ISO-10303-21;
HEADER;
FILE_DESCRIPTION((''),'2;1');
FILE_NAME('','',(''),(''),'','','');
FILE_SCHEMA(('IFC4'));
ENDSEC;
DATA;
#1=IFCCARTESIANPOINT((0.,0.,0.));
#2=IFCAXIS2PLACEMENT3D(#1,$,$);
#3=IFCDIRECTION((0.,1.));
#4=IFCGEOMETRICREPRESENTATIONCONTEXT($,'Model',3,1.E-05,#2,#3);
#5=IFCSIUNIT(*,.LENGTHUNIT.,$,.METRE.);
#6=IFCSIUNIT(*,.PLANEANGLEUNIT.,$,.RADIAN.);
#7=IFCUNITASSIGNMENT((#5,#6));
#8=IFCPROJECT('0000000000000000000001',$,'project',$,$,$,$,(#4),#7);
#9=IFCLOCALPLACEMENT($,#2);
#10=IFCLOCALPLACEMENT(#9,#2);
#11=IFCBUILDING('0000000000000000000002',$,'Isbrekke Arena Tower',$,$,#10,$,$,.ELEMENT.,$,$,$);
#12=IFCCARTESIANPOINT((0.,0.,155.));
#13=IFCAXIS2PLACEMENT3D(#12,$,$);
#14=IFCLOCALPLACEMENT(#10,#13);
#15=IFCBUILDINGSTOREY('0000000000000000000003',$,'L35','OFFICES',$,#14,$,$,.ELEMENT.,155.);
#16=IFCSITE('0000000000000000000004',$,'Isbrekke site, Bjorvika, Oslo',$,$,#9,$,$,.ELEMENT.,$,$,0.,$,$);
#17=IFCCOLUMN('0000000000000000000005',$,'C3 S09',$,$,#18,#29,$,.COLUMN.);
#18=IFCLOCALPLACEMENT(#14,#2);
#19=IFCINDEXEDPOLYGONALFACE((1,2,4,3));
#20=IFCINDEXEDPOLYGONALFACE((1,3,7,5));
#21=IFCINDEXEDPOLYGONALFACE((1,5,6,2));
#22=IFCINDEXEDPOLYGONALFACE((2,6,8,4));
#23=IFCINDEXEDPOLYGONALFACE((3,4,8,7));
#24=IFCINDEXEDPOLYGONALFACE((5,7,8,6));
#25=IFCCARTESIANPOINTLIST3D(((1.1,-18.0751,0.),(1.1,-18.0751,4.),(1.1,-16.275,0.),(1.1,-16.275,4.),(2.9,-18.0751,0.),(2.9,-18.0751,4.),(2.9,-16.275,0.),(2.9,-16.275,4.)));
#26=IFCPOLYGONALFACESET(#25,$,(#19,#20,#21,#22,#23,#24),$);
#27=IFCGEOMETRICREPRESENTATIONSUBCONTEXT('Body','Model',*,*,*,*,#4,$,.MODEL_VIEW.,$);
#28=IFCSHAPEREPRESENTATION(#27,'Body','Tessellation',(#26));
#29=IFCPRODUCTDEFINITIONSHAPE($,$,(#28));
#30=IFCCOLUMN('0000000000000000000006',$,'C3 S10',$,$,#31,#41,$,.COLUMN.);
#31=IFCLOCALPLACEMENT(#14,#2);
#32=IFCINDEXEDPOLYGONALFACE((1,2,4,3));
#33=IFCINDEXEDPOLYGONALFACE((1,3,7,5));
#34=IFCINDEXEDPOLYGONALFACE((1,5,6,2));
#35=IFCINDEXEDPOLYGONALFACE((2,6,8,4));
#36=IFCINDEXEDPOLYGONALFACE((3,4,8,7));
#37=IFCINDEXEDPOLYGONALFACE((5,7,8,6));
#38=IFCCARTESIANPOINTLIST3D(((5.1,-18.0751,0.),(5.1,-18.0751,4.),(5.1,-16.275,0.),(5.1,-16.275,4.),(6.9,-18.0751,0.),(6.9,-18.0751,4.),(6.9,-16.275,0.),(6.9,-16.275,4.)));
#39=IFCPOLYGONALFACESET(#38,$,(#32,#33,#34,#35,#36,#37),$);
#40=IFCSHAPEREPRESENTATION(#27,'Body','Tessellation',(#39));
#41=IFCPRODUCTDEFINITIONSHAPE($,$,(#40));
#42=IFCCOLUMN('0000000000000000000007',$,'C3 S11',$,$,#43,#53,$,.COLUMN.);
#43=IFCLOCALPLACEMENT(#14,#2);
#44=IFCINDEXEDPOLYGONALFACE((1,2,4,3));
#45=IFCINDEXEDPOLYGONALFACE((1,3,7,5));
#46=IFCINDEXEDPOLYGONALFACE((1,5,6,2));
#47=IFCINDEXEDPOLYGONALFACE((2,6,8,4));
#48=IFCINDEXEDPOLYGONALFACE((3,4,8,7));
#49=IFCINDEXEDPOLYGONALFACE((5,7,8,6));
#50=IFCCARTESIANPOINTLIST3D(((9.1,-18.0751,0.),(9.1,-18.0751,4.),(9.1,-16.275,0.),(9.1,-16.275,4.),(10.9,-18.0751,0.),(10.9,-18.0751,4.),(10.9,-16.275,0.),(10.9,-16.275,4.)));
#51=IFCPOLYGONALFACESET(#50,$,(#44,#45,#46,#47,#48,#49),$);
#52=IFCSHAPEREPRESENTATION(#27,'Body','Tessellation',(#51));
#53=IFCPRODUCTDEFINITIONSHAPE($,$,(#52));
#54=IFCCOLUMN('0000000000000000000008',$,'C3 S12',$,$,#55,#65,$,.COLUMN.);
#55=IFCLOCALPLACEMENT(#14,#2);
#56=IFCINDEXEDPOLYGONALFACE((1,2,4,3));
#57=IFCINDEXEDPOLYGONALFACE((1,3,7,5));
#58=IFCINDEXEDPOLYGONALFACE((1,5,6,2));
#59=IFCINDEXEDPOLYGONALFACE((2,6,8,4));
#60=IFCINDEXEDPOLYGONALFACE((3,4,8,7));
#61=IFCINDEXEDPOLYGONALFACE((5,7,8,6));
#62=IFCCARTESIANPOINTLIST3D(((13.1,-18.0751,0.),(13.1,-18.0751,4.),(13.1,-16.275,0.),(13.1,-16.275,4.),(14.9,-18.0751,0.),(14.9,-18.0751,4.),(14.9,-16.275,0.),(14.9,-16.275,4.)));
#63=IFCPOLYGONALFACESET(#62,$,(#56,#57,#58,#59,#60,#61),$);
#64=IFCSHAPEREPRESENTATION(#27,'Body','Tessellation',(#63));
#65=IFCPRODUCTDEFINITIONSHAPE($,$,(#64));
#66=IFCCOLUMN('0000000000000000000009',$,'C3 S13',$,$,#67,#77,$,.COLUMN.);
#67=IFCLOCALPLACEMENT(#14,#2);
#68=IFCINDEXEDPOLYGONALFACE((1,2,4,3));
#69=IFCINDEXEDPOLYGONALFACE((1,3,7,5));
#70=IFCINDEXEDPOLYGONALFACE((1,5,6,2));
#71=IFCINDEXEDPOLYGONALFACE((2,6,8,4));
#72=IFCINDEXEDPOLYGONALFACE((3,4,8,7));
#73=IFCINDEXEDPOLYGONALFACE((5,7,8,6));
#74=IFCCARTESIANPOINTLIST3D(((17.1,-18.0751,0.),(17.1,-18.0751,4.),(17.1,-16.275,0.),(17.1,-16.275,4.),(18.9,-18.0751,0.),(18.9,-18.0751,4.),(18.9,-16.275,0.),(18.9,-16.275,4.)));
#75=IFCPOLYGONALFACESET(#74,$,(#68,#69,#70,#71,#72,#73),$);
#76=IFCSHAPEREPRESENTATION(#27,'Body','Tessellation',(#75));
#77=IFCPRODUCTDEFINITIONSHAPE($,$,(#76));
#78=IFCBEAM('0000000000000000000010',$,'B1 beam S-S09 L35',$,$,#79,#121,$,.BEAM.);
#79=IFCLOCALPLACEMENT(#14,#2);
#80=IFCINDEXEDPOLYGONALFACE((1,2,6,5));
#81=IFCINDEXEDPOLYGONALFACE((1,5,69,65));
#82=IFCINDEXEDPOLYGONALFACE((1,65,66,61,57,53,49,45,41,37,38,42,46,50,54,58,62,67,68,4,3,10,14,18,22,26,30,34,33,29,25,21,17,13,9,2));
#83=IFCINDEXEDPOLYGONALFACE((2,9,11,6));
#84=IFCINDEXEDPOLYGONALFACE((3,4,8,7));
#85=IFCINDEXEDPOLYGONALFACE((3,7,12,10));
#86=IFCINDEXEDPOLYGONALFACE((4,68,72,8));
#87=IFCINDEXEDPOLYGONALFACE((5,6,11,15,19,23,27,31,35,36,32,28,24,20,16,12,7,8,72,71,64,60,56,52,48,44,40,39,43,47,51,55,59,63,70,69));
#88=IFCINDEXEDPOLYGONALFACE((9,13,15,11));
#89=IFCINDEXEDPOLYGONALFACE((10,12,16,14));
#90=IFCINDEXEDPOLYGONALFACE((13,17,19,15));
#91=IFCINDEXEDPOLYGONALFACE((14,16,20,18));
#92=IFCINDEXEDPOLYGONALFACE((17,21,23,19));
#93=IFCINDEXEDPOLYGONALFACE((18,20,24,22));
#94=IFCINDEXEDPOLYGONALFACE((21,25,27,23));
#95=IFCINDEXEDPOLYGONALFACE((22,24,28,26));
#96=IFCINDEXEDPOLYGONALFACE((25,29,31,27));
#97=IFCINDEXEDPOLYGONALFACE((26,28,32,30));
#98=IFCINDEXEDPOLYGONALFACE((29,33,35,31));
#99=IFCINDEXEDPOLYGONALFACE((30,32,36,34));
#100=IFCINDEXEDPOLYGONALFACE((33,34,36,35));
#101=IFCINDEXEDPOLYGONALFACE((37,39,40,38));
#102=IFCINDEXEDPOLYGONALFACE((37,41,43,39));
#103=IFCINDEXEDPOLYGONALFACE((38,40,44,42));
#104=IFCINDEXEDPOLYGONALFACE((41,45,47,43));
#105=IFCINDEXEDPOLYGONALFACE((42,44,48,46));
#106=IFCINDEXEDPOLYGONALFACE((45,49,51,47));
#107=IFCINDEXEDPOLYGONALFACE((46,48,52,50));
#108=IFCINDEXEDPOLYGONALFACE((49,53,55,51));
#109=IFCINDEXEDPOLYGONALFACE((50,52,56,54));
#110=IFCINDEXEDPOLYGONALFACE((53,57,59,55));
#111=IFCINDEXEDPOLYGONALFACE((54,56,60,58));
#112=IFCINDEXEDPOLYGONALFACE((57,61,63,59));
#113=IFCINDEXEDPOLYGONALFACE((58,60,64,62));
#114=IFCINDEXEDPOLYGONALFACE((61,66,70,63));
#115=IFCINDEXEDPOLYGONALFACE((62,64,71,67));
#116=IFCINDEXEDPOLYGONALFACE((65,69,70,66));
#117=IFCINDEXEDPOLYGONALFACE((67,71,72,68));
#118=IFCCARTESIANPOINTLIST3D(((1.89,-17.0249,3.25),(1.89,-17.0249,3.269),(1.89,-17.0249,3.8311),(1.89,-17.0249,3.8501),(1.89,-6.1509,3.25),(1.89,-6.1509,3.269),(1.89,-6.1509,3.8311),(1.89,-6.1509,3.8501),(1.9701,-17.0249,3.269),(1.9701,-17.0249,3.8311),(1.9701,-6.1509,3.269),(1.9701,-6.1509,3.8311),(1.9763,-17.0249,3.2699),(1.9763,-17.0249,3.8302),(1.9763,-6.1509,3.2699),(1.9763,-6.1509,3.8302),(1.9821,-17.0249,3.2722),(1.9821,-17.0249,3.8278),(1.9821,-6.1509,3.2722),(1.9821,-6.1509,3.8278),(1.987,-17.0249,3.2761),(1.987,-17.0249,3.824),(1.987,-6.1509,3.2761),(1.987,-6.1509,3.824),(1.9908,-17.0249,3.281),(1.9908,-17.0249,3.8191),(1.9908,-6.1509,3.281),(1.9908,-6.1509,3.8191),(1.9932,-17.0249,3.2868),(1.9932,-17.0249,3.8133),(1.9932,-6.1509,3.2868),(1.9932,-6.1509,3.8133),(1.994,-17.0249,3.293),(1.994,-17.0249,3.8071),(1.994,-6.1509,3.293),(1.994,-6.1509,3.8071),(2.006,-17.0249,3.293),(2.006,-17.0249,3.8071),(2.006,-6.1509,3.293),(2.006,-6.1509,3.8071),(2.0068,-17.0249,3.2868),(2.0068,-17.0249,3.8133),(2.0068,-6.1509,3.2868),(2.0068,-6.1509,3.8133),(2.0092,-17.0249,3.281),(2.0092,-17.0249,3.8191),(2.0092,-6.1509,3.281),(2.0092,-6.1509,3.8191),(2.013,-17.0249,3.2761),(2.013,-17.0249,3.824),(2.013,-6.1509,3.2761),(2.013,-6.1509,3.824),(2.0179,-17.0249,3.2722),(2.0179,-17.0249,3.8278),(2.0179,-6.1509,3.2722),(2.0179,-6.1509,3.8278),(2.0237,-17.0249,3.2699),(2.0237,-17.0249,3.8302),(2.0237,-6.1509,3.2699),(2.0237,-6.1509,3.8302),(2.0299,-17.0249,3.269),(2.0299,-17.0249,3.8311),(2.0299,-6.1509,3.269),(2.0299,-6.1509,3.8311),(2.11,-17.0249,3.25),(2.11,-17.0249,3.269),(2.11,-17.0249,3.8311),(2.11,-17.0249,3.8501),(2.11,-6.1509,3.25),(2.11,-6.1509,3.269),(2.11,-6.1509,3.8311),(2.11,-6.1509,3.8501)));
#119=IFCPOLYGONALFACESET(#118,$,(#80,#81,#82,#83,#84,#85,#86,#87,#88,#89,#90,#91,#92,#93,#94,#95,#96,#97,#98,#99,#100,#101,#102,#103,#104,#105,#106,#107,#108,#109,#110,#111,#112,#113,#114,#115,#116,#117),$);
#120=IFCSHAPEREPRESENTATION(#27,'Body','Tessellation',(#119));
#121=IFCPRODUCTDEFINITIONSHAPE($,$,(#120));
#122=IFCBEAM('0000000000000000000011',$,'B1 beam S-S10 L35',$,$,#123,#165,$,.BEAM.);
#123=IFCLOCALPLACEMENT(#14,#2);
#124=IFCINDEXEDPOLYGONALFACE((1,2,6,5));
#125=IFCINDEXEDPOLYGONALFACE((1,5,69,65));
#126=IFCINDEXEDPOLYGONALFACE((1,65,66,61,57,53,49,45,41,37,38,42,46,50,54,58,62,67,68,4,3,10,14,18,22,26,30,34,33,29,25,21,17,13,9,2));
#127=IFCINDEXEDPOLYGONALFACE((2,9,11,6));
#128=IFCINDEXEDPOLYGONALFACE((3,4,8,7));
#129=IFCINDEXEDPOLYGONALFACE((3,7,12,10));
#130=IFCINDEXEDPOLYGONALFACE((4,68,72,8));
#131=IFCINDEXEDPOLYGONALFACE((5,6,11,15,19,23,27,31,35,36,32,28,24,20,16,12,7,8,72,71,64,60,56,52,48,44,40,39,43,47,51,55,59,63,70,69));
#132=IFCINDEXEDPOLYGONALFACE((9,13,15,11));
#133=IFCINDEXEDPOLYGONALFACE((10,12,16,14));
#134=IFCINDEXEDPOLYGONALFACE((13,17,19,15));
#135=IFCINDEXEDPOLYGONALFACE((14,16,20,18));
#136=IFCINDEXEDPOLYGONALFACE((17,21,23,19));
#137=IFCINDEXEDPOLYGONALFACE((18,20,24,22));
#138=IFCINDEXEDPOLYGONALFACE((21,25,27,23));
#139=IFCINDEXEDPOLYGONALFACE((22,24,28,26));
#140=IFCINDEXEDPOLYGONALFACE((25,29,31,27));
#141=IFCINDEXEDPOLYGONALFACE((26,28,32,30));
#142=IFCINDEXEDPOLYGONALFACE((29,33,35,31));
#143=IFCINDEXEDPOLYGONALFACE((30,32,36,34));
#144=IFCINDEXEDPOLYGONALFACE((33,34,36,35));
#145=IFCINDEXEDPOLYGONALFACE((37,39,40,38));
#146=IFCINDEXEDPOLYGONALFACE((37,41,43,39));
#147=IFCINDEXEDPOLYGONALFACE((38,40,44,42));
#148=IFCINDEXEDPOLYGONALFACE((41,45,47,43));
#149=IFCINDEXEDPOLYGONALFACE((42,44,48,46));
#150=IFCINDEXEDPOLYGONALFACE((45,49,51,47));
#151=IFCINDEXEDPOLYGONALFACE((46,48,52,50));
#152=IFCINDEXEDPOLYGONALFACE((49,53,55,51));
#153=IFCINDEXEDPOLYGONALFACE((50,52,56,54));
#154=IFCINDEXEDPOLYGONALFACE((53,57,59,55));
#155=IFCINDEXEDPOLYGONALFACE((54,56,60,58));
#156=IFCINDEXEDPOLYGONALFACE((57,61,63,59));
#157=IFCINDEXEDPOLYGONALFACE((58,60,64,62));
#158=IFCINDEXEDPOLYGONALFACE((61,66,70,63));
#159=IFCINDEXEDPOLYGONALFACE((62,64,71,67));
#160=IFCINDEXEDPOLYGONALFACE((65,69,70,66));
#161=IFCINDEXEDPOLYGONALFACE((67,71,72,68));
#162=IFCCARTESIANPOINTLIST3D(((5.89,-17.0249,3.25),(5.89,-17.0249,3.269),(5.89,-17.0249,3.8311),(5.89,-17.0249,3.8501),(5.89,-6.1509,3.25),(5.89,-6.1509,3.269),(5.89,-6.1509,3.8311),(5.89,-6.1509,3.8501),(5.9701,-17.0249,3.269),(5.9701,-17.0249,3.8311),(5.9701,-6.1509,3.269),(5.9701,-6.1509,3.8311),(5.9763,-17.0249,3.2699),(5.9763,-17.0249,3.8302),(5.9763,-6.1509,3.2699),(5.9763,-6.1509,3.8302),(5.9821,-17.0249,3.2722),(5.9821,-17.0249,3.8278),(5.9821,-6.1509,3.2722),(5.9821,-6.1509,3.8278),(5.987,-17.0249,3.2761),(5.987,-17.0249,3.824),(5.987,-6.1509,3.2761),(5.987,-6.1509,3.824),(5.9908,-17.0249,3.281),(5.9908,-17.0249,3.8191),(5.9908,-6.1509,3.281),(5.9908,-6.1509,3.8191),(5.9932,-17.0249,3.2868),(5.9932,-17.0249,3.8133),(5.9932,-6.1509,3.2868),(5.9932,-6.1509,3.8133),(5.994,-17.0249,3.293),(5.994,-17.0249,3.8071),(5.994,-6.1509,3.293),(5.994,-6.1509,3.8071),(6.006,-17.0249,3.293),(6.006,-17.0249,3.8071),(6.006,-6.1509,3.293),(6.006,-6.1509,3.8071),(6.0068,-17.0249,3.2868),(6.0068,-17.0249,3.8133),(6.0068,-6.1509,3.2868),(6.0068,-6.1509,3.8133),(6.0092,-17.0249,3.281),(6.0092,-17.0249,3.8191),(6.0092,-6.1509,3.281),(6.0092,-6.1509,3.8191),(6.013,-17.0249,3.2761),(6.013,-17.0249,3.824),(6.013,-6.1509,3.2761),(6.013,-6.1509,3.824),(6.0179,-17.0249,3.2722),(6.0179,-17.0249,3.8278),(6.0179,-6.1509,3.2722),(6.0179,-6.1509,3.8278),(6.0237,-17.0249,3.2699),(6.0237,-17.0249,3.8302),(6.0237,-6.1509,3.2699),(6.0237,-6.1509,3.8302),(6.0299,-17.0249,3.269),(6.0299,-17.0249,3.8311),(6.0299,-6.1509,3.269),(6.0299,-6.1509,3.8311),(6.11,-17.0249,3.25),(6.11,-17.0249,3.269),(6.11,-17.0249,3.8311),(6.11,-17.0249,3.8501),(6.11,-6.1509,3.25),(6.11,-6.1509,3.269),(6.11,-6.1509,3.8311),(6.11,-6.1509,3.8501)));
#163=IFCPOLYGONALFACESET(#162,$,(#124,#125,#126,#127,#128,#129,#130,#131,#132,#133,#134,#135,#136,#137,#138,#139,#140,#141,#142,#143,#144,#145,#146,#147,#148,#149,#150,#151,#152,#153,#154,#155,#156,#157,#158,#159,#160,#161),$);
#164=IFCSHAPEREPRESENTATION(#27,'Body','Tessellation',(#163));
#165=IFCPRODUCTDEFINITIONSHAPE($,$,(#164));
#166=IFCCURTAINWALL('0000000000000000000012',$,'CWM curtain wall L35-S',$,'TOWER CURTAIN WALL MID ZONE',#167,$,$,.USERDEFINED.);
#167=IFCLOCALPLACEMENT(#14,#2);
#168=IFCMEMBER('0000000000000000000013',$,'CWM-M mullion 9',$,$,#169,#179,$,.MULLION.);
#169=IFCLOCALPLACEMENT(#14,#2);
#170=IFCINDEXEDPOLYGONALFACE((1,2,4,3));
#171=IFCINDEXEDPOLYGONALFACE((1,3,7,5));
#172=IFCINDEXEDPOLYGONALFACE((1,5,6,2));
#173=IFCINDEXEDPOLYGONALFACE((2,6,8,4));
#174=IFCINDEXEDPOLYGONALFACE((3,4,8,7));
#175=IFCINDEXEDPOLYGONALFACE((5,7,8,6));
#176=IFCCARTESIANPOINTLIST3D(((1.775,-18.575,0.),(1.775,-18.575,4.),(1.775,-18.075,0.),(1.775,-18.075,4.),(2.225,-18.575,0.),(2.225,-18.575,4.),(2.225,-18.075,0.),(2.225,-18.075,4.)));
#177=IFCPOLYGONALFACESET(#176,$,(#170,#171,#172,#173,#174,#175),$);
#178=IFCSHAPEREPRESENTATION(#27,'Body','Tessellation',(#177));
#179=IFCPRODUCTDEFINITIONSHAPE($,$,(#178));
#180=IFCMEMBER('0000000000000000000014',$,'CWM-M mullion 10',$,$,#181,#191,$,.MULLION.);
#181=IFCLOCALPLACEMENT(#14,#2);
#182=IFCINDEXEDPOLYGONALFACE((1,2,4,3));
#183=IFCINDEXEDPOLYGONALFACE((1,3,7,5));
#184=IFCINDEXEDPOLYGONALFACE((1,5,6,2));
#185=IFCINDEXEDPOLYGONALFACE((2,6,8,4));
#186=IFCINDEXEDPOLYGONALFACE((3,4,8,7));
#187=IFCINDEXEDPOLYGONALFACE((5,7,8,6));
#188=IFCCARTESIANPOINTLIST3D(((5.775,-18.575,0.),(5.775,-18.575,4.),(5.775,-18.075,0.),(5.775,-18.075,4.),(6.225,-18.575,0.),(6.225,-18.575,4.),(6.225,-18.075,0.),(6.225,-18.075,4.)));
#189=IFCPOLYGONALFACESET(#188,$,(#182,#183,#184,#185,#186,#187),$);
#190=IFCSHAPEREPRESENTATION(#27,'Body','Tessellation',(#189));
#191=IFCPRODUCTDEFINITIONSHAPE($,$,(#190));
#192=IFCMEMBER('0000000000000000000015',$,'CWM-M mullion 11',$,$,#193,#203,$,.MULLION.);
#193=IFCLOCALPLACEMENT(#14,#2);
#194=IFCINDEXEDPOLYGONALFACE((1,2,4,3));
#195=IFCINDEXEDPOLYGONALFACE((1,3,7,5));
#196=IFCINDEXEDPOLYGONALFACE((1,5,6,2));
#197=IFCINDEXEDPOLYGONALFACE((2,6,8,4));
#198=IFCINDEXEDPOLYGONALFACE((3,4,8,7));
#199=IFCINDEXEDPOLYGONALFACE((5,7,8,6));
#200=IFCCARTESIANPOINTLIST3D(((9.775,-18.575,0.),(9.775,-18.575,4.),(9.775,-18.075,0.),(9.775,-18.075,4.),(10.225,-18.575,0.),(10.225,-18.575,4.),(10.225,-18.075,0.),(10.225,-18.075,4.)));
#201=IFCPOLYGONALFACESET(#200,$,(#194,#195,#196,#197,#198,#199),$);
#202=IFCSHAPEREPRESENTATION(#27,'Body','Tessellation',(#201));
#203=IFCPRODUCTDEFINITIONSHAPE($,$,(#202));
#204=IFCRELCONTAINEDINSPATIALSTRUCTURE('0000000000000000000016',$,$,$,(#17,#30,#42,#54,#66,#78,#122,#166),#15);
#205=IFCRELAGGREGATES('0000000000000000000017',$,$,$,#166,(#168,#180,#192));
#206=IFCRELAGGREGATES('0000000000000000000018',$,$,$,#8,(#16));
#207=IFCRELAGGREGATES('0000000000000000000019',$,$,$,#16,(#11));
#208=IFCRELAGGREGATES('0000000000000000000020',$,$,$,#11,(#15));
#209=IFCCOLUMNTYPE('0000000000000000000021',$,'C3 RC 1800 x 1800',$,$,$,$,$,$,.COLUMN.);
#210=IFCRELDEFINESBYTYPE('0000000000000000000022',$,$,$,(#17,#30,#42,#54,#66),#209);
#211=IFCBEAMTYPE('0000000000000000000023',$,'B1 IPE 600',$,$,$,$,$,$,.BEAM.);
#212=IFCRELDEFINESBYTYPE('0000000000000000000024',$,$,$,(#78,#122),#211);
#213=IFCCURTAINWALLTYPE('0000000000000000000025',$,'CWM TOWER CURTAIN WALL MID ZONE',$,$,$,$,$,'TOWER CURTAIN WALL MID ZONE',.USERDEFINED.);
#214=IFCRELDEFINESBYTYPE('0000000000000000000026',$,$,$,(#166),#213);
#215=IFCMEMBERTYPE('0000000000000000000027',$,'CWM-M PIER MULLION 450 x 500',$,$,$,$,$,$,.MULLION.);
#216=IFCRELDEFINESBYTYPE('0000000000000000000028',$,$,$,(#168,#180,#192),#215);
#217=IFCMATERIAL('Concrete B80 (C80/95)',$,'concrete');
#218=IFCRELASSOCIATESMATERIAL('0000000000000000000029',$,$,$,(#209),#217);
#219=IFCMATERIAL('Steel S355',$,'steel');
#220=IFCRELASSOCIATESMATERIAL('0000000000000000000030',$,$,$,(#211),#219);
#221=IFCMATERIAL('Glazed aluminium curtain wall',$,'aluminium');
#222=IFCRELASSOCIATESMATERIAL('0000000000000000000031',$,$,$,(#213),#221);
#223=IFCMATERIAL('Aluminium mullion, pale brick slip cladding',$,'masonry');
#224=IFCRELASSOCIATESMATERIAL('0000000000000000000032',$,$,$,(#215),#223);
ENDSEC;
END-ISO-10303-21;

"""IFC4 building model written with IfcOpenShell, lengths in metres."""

from ifc_helpers import new_model, si_unit, direction, frame, origin, origin_2d, place, context, subcontext, project, spatial, rectangle, i_section, extrude, material, material_profile, profile_set, type_object, element, aggregate, save


model = new_model("IFC4")

# Units and contexts
model_context = context("Model", 3, precision=1e-05, world=origin(), true_north=direction((0.0, 1.0)))
body_context = subcontext(model_context, "Body", "Model", "MODEL_VIEW")
ifc_project = project(units=[si_unit("LENGTHUNIT", "METRE"), si_unit("PLANEANGLEUNIT", "RADIAN")], contexts=[model_context])

# Site, building, storey
site_placement = place(None, origin())
site = spatial("IfcSite", under=ifc_project, at=site_placement, Name="Isbrekke site, Bjorvika, Oslo", CompositionType="ELEMENT", RefElevation=0.0)
building_placement = place(site_placement, origin())
building = spatial("IfcBuilding", under=site, at=building_placement, Name="Isbrekke Arena Tower", CompositionType="ELEMENT")
storey_placement = place(building_placement, frame((0.0, 0.0, 155.0)))
storey = spatial("IfcBuildingStorey", under=building, at=storey_placement, Name="L35", Description="OFFICES", CompositionType="ELEMENT", Elevation=155.0)

# Columns
ifc_material_1 = material(Name="Concrete B80 (C80/95)", Category="concrete")
ifc_material_profile_1 = material_profile(ifc_material_1, rectangle(XDim=1.8, YDim=1.8, at=origin_2d()), Name="RC 1800x1800")
ifc_profile_set_1 = profile_set([ifc_material_profile_1], Name="Concrete B80 (C80/95)")
column_type = type_object("IfcColumnType", Name="C3 RC 1800 x 1800", PredefinedType="COLUMN", material=ifc_profile_set_1)
for number, where, z_axis, x_axis, name in (
    (1, (2.0, -17.175, 0.0), (0.0, 0.0, 1.0), (1.0, 0.0, 0.0), "C3 S09"),
    (2, (6.0, -17.175, 0.0), (0.0, 0.0, 1.0), (1.0, 0.0, 0.0), "C3 S10"),
    (3, (10.0, -17.175, 0.0), (0.0, 0.0, 1.0), (1.0, 0.0, 0.0), "C3 S11"),
    (4, (14.0, -17.175, 0.0), (0.0, 0.0, 1.0), (1.0, 0.0, 0.0), "C3 S12"),
    (5, (18.0, -17.175, 0.0), (0.0, 0.0, 1.0), (1.0, 0.0, 0.0), "C3 S13"),
):
    element("IfcColumn", number, at=place(storey_placement, frame(where, z_axis=z_axis, x_axis=x_axis)), inside=storey, type_object=column_type, Name=name, PredefinedType="COLUMN", context=body_context, shape_type="SweptSolid", body=[
        extrude(rectangle(XDim=1.8, YDim=1.8, at=origin_2d()), origin(), (0.0, 0.0, 1.0), 4.0),
    ])

# Beams
ifc_material_2 = material(Name="Steel S355", Category="steel")
ifc_material_profile_2 = material_profile(ifc_material_2, i_section(OverallWidth=0.22, OverallDepth=0.6001, WebThickness=0.012, FlangeThickness=0.019, FilletRadius=0.0239, at=origin_2d()), Name="IPE 600")
ifc_profile_set_2 = profile_set([ifc_material_profile_2], Name="Steel S355")
beam_type_1 = type_object("IfcBeamType", Name="B1 IPE 600", PredefinedType="BEAM", material=ifc_profile_set_2)
for number, where, z_axis, x_axis, name in (
    (6, (2.0, -17.0249, 3.55), (0.0, 1.0, 0.0), (-1.0, 0.0, 0.0), "B1 beam S-S09 L35"),
    (7, (6.0, -17.0249, 3.55), (0.0, 1.0, 0.0), (-1.0, 0.0, 0.0), "B1 beam S-S10 L35"),
):
    element("IfcBeam", number, at=place(storey_placement, frame(where, z_axis=z_axis, x_axis=x_axis)), inside=storey, type_object=beam_type_1, Name=name, PredefinedType="BEAM", context=body_context, shape_type="SweptSolid", body=[
        extrude(i_section(OverallWidth=0.22, OverallDepth=0.6001, WebThickness=0.012, FlangeThickness=0.019, FilletRadius=0.0239, at=origin_2d()), origin(), (0.0, 0.0, 1.0), 10.874),
    ])

# Curtain wall, members
ifc_material_3 = material(Name="Glazed aluminium curtain wall", Category="aluminium")
curtain_wall_type = type_object("IfcCurtainWallType", Name="CWM TOWER CURTAIN WALL MID ZONE", ElementType="TOWER CURTAIN WALL MID ZONE", PredefinedType="USERDEFINED", material=ifc_material_3)
curtain_wall_placement = place(storey_placement, origin())
curtain_wall = element("IfcCurtainWall", 8, at=curtain_wall_placement, inside=storey, type_object=curtain_wall_type, Name="CWM curtain wall L35-S", ObjectType="TOWER CURTAIN WALL MID ZONE", PredefinedType="USERDEFINED")
ifc_material_4 = material(Name="Aluminium mullion, pale brick slip cladding", Category="masonry")
ifc_material_profile_3 = material_profile(ifc_material_4, rectangle(XDim=0.45, YDim=0.5, at=origin_2d()), Name="PIER 450X500")
ifc_profile_set_3 = profile_set([ifc_material_profile_3], Name="Aluminium mullion, pale brick slip cladding")
member_type_1 = type_object("IfcMemberType", Name="CWM-M PIER MULLION 450 x 500", PredefinedType="MULLION", material=ifc_profile_set_3)
member_1_placement = place(storey_placement, frame((2.0, -18.325, 0.0), z_axis=(0.0, 0.0, 1.0), x_axis=(1.0, 0.0, 0.0)))
member_1 = element("IfcMember", 9, at=member_1_placement, type_object=member_type_1, Name="CWM-M mullion 9", PredefinedType="MULLION", context=body_context, shape_type="SweptSolid", body=[
    extrude(rectangle(XDim=0.45, YDim=0.5, at=origin_2d()), origin(), (0.0, 0.0, 1.0), 4.0),
])
member_2_placement = place(storey_placement, frame((6.0, -18.325, 0.0), z_axis=(0.0, 0.0, 1.0), x_axis=(1.0, 0.0, 0.0)))
member_2 = element("IfcMember", 10, at=member_2_placement, type_object=member_type_1, Name="CWM-M mullion 10", PredefinedType="MULLION", context=body_context, shape_type="SweptSolid", body=[
    extrude(rectangle(XDim=0.45, YDim=0.5, at=origin_2d()), origin(), (0.0, 0.0, 1.0), 4.0),
])
member_3_placement = place(storey_placement, frame((10.0, -18.325, 0.0), z_axis=(0.0, 0.0, 1.0), x_axis=(1.0, 0.0, 0.0)))
member_3 = element("IfcMember", 11, at=member_3_placement, type_object=member_type_1, Name="CWM-M mullion 11", PredefinedType="MULLION", context=body_context, shape_type="SweptSolid", body=[
    extrude(rectangle(XDim=0.45, YDim=0.5, at=origin_2d()), origin(), (0.0, 0.0, 1.0), 4.0),
])

aggregate(curtain_wall, [member_1, member_2, member_3])

save(model, "model.ifc")
